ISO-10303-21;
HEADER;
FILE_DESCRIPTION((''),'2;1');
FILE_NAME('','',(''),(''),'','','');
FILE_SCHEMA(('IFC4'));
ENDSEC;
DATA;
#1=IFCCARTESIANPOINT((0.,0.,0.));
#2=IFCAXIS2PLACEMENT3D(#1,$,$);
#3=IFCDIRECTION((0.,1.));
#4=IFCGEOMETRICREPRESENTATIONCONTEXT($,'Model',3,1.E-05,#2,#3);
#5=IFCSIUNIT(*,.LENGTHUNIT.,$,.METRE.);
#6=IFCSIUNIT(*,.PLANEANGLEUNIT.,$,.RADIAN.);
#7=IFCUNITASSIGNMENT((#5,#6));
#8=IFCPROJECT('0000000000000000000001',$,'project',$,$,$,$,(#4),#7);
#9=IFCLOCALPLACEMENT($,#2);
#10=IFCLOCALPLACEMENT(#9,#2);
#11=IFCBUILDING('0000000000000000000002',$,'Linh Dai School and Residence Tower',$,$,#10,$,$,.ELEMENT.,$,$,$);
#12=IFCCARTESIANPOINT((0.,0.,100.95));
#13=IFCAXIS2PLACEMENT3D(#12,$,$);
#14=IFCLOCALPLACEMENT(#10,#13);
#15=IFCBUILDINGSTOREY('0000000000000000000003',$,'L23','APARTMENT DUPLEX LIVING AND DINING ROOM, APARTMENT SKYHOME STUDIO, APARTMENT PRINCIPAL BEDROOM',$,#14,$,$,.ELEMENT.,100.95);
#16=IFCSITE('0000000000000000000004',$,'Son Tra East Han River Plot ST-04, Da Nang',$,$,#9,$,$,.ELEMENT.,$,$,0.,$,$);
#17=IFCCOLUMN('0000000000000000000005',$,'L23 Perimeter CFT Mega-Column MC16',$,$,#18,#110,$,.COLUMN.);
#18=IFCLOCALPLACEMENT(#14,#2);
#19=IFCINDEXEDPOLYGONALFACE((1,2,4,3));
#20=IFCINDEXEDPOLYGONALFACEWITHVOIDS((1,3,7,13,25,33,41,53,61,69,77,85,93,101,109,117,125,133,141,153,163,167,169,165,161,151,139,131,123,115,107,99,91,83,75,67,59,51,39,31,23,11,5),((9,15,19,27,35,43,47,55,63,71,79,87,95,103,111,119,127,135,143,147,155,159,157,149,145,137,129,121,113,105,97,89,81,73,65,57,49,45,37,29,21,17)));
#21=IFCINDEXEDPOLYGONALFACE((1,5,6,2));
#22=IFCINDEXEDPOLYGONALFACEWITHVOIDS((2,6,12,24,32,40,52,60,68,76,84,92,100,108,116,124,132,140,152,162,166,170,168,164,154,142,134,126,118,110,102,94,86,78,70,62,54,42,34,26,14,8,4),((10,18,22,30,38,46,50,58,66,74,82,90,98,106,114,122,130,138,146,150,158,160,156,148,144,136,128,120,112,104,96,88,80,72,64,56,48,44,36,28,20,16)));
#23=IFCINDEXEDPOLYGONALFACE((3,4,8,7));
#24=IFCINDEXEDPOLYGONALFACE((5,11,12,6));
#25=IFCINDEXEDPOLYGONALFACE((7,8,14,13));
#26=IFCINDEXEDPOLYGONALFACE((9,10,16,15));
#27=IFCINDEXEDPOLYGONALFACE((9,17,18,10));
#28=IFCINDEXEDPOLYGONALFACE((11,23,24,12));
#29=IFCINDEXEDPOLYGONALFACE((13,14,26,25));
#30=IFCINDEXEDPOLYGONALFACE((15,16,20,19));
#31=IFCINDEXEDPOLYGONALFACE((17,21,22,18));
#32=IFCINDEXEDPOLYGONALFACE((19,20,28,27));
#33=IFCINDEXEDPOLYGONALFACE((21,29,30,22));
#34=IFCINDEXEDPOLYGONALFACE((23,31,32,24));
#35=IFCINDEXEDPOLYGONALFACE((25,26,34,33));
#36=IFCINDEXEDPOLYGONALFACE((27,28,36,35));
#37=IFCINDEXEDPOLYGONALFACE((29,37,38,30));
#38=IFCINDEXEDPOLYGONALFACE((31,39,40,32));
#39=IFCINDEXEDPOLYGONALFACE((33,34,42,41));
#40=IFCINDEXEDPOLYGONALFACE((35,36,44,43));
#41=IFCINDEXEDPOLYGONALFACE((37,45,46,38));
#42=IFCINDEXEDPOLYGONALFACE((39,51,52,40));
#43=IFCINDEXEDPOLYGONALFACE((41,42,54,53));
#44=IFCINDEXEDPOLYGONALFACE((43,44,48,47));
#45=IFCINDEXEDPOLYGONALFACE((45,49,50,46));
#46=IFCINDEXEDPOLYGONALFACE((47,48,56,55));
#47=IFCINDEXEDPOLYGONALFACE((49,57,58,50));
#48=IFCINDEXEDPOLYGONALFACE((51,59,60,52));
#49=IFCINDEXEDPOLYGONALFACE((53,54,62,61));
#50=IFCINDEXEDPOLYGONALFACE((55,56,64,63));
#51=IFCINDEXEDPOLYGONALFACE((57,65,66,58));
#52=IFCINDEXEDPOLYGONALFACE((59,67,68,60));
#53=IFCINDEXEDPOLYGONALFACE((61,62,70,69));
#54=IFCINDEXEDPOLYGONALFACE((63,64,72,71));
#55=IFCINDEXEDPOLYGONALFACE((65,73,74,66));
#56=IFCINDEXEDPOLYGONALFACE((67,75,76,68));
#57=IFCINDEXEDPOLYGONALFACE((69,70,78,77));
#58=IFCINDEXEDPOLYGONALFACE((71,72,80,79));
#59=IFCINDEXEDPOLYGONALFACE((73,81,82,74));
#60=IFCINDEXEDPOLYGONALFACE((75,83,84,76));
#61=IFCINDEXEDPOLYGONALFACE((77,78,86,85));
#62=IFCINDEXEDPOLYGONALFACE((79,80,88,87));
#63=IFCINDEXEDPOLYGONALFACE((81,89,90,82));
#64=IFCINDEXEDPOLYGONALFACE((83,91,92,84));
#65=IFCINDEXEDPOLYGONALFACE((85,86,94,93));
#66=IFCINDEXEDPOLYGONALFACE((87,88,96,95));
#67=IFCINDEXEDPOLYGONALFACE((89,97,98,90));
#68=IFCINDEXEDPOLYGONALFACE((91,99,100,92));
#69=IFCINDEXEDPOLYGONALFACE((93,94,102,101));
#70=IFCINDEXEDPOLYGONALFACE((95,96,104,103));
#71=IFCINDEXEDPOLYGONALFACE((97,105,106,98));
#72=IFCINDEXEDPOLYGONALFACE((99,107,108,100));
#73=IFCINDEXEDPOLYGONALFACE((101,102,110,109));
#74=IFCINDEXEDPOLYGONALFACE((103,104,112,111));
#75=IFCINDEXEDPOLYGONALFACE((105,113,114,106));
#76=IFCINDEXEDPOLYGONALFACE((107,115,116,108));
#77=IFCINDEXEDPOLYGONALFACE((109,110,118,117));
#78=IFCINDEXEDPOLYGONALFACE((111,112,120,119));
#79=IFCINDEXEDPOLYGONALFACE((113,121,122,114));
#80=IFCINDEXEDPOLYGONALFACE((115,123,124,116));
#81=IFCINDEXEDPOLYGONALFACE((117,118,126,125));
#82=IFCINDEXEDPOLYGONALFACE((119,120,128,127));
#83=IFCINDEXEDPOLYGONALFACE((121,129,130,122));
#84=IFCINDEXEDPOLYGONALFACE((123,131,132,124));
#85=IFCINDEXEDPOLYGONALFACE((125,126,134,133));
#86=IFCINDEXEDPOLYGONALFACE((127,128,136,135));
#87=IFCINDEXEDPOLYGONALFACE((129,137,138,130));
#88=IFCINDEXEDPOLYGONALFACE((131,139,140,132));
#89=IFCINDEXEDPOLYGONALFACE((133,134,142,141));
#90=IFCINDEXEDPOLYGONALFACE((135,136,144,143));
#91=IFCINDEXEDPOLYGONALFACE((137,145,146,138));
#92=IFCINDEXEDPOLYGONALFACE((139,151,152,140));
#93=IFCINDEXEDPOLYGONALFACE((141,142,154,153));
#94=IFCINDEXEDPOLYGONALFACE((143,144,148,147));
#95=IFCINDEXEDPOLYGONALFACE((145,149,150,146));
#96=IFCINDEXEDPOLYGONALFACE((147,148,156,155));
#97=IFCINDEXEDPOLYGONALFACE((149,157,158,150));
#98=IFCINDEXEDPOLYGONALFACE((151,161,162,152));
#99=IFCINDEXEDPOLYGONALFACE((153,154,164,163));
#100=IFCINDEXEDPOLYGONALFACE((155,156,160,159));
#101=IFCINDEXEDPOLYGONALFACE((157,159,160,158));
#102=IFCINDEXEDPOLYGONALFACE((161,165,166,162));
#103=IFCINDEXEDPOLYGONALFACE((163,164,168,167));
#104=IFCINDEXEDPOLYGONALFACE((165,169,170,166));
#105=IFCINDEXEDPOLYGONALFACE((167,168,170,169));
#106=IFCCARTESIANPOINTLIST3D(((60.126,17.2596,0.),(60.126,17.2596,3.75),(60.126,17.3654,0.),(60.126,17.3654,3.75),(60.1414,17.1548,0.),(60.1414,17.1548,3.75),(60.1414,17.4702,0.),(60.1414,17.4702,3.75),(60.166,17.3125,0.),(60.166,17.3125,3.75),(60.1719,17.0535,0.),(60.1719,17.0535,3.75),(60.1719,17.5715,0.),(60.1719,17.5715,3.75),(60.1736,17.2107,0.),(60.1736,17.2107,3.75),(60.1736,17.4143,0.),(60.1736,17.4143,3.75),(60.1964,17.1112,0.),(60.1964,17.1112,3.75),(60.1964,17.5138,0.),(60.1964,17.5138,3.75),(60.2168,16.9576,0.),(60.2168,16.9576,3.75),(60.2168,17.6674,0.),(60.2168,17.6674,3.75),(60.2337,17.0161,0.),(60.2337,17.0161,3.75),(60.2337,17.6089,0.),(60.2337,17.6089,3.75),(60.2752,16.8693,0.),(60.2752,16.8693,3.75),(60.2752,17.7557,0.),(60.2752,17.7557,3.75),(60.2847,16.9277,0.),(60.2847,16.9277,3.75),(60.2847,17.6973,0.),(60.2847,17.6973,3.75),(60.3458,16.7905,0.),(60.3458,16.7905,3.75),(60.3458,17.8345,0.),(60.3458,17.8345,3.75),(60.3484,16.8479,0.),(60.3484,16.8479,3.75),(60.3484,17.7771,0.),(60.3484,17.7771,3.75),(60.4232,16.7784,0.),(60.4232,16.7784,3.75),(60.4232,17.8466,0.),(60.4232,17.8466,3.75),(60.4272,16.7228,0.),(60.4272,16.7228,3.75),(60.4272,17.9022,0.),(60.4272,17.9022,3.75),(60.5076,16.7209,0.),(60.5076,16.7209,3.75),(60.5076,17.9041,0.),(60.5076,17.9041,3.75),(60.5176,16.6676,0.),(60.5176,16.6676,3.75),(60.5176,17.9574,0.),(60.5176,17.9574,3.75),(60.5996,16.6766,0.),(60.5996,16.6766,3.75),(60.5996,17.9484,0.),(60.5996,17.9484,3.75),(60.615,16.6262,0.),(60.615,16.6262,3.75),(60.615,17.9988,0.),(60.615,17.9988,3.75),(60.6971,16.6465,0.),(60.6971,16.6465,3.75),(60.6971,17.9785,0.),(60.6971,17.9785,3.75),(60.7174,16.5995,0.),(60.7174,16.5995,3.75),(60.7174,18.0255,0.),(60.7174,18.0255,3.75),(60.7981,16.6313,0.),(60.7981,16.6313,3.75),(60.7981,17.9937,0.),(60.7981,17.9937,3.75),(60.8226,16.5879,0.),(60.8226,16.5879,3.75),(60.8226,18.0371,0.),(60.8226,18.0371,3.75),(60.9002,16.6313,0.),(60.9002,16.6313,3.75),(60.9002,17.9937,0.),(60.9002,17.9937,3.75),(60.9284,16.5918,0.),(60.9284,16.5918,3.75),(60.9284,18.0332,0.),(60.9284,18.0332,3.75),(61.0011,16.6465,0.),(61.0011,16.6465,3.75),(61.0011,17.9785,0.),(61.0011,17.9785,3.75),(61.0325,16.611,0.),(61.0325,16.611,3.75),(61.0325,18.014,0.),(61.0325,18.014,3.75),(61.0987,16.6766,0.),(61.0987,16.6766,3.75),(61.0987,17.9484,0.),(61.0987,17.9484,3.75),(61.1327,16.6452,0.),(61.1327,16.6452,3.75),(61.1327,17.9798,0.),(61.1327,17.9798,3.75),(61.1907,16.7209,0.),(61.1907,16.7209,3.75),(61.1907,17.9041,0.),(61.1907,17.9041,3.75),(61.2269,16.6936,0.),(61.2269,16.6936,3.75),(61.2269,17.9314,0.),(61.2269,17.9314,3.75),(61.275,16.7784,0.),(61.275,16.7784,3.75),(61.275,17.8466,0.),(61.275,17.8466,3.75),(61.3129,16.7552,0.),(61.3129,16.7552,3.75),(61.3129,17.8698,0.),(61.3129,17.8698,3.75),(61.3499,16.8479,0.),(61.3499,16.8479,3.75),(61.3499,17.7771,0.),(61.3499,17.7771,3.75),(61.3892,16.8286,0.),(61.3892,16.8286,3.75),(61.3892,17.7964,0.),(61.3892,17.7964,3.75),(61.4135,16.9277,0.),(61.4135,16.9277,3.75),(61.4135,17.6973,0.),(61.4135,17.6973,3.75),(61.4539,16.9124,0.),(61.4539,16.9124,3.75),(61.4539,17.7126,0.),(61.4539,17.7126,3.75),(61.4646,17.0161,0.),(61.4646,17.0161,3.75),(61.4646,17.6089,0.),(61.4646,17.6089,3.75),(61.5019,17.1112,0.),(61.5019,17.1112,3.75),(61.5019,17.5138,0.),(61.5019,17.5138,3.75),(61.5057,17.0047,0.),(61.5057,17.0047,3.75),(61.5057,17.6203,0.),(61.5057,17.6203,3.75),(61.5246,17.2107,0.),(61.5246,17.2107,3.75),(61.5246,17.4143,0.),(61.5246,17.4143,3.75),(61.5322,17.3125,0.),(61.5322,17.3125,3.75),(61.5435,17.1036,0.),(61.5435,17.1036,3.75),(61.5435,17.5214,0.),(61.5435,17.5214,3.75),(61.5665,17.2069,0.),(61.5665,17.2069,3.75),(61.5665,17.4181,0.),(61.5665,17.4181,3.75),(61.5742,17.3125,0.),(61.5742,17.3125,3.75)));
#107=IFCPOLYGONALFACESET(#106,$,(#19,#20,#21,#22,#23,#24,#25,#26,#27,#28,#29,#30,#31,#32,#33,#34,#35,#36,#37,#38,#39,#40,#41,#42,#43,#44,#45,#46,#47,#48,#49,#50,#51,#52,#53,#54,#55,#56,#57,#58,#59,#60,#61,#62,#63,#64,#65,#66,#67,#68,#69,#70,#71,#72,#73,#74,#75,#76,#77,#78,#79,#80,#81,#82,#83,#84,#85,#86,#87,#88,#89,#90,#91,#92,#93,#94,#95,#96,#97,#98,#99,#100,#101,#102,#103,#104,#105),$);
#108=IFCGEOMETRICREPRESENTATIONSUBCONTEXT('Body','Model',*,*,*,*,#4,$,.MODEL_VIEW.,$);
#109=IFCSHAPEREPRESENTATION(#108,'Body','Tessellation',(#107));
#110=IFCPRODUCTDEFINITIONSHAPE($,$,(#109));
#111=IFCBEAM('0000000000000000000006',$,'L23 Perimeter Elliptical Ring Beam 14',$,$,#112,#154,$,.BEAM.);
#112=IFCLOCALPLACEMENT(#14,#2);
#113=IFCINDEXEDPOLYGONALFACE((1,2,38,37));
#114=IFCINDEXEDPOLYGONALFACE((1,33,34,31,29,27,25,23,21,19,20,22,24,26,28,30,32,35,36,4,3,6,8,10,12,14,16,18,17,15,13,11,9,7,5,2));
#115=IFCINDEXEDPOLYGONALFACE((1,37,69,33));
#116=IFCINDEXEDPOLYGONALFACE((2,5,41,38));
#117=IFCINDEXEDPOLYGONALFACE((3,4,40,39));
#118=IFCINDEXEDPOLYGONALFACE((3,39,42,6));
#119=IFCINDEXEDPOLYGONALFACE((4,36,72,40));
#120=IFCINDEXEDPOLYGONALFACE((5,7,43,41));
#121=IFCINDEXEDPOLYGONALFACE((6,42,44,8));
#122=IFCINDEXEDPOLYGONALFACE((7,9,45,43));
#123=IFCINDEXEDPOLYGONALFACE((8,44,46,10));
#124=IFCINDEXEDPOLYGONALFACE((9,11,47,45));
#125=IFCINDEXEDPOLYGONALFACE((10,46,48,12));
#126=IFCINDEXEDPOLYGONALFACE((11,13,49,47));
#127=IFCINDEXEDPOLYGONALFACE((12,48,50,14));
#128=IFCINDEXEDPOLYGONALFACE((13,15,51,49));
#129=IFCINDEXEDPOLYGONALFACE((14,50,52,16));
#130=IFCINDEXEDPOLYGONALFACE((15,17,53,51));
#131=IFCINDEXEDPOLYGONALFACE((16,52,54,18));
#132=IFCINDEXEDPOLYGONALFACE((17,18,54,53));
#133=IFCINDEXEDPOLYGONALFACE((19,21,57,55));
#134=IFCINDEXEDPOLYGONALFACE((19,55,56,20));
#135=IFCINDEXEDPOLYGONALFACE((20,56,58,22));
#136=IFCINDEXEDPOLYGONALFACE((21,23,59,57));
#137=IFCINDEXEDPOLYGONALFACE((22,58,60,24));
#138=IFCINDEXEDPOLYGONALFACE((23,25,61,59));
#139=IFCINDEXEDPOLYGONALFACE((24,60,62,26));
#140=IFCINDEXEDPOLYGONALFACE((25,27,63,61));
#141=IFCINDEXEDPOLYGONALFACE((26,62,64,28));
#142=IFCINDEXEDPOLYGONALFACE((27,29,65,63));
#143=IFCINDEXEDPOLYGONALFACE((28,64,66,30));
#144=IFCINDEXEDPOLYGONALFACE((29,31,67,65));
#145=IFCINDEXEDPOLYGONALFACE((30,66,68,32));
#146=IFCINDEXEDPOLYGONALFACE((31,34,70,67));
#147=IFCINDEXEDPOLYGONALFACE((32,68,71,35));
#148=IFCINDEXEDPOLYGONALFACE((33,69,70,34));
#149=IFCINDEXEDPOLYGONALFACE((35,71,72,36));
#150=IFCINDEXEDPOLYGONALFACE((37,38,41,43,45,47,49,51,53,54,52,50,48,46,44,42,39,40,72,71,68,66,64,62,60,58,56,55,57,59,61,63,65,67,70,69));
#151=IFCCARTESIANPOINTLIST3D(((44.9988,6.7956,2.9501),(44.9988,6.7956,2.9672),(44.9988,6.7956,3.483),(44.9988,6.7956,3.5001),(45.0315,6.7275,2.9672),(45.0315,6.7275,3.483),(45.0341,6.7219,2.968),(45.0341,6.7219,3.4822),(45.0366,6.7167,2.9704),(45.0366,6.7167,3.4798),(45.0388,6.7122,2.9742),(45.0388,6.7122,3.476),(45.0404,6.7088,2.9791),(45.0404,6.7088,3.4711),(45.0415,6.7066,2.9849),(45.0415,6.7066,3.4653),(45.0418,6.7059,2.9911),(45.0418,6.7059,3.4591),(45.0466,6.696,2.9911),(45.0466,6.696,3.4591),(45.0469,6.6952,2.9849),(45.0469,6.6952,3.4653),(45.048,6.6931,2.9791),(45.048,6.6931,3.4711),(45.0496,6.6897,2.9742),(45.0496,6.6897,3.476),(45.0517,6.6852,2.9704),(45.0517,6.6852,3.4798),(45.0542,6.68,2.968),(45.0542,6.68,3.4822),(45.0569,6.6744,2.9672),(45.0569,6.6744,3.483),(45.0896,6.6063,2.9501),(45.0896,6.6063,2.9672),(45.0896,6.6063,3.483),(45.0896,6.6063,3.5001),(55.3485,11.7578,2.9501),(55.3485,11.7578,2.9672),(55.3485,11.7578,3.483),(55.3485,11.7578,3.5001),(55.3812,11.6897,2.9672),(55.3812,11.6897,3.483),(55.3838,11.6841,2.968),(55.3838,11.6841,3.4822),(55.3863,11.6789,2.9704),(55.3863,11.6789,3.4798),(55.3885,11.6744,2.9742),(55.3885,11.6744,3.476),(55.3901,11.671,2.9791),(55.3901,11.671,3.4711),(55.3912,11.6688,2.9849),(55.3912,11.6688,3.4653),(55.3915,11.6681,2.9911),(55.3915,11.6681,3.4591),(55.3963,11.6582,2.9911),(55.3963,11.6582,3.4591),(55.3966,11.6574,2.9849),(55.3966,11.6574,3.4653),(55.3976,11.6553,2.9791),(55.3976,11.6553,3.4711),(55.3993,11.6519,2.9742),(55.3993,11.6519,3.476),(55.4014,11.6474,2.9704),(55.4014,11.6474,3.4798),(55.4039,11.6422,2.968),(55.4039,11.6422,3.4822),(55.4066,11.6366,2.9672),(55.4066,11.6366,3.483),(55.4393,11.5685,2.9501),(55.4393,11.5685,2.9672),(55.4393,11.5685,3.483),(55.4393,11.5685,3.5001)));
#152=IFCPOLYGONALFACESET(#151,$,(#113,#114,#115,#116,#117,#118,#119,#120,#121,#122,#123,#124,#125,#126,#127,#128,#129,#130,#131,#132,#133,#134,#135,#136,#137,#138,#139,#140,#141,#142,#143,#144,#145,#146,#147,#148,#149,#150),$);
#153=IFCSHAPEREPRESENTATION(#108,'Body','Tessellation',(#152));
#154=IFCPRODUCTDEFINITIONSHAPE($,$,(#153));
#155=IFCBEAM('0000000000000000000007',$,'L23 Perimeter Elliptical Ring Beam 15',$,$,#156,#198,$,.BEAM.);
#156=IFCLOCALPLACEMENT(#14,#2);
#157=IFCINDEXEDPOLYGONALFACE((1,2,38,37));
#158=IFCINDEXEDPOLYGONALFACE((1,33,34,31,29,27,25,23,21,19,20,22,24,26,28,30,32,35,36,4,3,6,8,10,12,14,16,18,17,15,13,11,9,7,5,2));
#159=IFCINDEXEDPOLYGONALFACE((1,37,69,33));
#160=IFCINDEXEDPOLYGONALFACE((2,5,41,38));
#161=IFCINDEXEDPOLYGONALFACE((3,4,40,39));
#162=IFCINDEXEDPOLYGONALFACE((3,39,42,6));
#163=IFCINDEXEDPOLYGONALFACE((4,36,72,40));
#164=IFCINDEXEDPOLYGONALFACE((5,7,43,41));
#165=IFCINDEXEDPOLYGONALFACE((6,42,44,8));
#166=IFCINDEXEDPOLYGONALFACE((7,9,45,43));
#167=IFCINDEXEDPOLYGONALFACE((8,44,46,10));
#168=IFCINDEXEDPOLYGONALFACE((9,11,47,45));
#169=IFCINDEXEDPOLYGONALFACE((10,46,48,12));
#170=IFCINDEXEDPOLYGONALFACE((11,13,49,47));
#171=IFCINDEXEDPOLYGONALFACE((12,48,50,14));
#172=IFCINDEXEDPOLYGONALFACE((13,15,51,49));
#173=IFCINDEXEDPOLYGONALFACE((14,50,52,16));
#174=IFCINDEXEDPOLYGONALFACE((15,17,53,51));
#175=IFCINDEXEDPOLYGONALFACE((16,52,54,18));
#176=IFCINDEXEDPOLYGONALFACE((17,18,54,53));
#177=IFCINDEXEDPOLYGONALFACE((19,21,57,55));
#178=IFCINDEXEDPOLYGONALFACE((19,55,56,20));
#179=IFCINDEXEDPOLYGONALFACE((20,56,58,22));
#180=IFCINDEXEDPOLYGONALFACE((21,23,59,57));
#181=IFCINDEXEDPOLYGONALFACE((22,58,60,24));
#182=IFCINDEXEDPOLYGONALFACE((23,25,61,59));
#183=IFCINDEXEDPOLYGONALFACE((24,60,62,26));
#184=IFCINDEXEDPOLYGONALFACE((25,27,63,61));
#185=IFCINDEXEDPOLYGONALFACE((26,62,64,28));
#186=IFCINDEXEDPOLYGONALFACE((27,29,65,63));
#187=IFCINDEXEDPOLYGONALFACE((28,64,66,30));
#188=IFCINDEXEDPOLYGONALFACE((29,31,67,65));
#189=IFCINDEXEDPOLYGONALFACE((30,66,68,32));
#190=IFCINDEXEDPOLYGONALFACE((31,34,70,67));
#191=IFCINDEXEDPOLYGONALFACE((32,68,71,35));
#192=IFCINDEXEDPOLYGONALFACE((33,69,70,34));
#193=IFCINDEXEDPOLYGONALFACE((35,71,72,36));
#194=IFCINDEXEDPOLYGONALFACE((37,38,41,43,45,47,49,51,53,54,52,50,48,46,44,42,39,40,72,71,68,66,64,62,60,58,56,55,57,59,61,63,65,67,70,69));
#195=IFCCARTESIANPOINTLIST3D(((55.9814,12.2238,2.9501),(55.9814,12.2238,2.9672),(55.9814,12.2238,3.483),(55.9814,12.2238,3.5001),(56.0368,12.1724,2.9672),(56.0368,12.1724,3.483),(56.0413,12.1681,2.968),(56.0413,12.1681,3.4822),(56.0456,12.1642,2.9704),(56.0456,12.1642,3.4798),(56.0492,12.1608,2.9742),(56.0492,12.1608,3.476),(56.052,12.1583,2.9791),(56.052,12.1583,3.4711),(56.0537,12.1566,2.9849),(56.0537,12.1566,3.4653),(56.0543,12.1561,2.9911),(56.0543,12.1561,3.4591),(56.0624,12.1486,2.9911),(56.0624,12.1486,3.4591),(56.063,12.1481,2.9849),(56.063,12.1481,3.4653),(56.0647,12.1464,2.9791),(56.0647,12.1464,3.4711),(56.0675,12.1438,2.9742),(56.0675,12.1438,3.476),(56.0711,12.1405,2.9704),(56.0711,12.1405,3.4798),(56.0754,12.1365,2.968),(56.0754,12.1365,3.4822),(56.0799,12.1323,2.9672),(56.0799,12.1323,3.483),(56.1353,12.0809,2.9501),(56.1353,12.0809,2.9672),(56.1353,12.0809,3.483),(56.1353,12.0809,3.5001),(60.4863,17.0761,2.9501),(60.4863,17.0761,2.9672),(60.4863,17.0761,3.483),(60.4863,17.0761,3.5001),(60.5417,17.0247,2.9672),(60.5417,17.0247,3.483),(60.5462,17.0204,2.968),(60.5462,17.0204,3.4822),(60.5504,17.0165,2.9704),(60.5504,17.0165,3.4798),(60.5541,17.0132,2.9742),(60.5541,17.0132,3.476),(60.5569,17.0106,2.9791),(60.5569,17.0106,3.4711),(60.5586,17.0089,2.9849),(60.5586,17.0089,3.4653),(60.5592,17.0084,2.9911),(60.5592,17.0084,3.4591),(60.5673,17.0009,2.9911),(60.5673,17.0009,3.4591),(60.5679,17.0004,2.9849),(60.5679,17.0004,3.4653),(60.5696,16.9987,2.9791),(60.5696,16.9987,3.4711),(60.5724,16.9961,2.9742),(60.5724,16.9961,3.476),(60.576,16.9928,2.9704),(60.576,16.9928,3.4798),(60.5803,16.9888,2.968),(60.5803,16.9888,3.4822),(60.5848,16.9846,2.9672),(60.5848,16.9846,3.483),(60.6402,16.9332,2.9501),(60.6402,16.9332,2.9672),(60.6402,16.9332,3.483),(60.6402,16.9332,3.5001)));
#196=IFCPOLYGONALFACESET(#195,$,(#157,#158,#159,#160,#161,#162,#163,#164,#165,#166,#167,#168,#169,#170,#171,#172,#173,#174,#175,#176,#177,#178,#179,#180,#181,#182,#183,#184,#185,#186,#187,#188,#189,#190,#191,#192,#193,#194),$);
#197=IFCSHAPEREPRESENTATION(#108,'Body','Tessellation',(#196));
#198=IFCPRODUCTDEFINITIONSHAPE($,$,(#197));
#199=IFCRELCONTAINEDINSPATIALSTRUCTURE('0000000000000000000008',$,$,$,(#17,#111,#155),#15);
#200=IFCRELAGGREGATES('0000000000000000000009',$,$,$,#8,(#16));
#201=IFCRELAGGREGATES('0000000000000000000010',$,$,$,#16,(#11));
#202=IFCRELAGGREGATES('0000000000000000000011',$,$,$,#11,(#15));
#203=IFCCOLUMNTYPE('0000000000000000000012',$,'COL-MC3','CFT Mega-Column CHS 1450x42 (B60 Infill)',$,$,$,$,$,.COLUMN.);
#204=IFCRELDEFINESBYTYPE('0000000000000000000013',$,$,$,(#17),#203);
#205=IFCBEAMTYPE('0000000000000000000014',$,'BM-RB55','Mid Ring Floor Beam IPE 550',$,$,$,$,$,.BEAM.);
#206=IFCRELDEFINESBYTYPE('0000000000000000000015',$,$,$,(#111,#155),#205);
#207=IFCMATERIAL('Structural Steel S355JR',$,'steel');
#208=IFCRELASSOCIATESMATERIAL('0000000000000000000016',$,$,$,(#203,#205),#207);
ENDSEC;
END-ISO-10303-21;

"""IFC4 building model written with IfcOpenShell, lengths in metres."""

from ifc_helpers import new_model, si_unit, direction, frame, origin, origin_2d, place, context, subcontext, project, spatial, hollow_circle, i_section, extrude, material, material_profile, profile_set, type_object, element, save


model = new_model("IFC4")

# Units and contexts
model_context = context("Model", 3, precision=1e-05, world=origin(), true_north=direction((0.0, 1.0)))
body_context = subcontext(model_context, "Body", "Model", "MODEL_VIEW")
ifc_project = project(units=[si_unit("LENGTHUNIT", "METRE"), si_unit("PLANEANGLEUNIT", "RADIAN")], contexts=[model_context])

# Site, building, storey
site_placement = place(None, origin())
site = spatial("IfcSite", under=ifc_project, at=site_placement, Name="Son Tra East Han River Plot ST-04, Da Nang", CompositionType="ELEMENT", RefElevation=0.0)
building_placement = place(site_placement, origin())
building = spatial("IfcBuilding", under=site, at=building_placement, Name="Linh Dai School and Residence Tower", CompositionType="ELEMENT")
storey_placement = place(building_placement, frame((0.0, 0.0, 100.95)))
storey = spatial("IfcBuildingStorey", under=building, at=storey_placement, Name="L23", Description="APARTMENT DUPLEX LIVING AND DINING ROOM, APARTMENT SKYHOME STUDIO, APARTMENT PRINCIPAL BEDROOM", CompositionType="ELEMENT", Elevation=100.95)

# Column
ifc_material_1 = material(Name="Structural Steel S355JR", Category="steel")
ifc_material_profile_1 = material_profile(ifc_material_1, hollow_circle(Radius=0.7251, WallThickness=0.042, at=origin_2d()), Name="CHS 1450x42")
ifc_profile_set_1 = profile_set([ifc_material_profile_1], Name="Structural Steel S355JR")
column_type = type_object("IfcColumnType", Name="COL-MC3", Description="CFT Mega-Column CHS 1450x42 (B60 Infill)", PredefinedType="COLUMN", material=ifc_profile_set_1)
for number, where, z_axis, x_axis, name in (
    (1, (60.8491, 17.3125, 0.0), (0.0, 0.0, 1.0), (1.0, 0.0, 0.0), "L23 Perimeter CFT Mega-Column MC16"),
):
    element("IfcColumn", number, at=place(storey_placement, frame(where, z_axis=z_axis, x_axis=x_axis)), inside=storey, type_object=column_type, Name=name, PredefinedType="COLUMN", context=body_context, shape_type="SweptSolid", body=[
        extrude(hollow_circle(Radius=0.7251, WallThickness=0.042, at=origin_2d()), origin(), (0.0, 0.0, 1.0), 3.75),
    ])

# Beams
ifc_material_profile_2 = material_profile(ifc_material_1, i_section(OverallWidth=0.21, OverallDepth=0.55, WebThickness=0.011, FlangeThickness=0.0171, FilletRadius=0.0239, at=origin_2d()), Name="IPE 550")
ifc_profile_set_2 = profile_set([ifc_material_profile_2], Name="Structural Steel S355JR")
beam_type_1 = type_object("IfcBeamType", Name="BM-RB55", Description="Mid Ring Floor Beam IPE 550", PredefinedType="BEAM", material=ifc_profile_set_2)
beam_1_placement = place(storey_placement, frame((45.0442, 6.7009, 3.2251), z_axis=(0.901715, 0.432331, 0.0), x_axis=(-0.432331, 0.901715, 0.0)))
element("IfcBeam", 2, at=beam_1_placement, inside=storey, type_object=beam_type_1, Name="L23 Perimeter Elliptical Ring Beam 14", PredefinedType="BEAM", context=body_context, shape_type="SweptSolid", body=[
    extrude(i_section(OverallWidth=0.21, OverallDepth=0.55, WebThickness=0.011, FlangeThickness=0.0171, FilletRadius=0.0239, at=origin_2d()), origin(), (0.0, 0.0, 1.0), 11.4778),
])
beam_2_placement = place(storey_placement, frame((56.0583, 12.1523, 3.2251), z_axis=(0.680385, 0.732855, 0.0), x_axis=(-0.732855, 0.680385, 0.0)))
element("IfcBeam", 3, at=beam_2_placement, inside=storey, type_object=beam_type_1, Name="L23 Perimeter Elliptical Ring Beam 15", PredefinedType="BEAM", context=body_context, shape_type="SweptSolid", body=[
    extrude(i_section(OverallWidth=0.21, OverallDepth=0.55, WebThickness=0.011, FlangeThickness=0.0171, FilletRadius=0.0239, at=origin_2d()), origin(), (0.0, 0.0, 1.0), 6.6211),
])

save(model, "model.ifc")
